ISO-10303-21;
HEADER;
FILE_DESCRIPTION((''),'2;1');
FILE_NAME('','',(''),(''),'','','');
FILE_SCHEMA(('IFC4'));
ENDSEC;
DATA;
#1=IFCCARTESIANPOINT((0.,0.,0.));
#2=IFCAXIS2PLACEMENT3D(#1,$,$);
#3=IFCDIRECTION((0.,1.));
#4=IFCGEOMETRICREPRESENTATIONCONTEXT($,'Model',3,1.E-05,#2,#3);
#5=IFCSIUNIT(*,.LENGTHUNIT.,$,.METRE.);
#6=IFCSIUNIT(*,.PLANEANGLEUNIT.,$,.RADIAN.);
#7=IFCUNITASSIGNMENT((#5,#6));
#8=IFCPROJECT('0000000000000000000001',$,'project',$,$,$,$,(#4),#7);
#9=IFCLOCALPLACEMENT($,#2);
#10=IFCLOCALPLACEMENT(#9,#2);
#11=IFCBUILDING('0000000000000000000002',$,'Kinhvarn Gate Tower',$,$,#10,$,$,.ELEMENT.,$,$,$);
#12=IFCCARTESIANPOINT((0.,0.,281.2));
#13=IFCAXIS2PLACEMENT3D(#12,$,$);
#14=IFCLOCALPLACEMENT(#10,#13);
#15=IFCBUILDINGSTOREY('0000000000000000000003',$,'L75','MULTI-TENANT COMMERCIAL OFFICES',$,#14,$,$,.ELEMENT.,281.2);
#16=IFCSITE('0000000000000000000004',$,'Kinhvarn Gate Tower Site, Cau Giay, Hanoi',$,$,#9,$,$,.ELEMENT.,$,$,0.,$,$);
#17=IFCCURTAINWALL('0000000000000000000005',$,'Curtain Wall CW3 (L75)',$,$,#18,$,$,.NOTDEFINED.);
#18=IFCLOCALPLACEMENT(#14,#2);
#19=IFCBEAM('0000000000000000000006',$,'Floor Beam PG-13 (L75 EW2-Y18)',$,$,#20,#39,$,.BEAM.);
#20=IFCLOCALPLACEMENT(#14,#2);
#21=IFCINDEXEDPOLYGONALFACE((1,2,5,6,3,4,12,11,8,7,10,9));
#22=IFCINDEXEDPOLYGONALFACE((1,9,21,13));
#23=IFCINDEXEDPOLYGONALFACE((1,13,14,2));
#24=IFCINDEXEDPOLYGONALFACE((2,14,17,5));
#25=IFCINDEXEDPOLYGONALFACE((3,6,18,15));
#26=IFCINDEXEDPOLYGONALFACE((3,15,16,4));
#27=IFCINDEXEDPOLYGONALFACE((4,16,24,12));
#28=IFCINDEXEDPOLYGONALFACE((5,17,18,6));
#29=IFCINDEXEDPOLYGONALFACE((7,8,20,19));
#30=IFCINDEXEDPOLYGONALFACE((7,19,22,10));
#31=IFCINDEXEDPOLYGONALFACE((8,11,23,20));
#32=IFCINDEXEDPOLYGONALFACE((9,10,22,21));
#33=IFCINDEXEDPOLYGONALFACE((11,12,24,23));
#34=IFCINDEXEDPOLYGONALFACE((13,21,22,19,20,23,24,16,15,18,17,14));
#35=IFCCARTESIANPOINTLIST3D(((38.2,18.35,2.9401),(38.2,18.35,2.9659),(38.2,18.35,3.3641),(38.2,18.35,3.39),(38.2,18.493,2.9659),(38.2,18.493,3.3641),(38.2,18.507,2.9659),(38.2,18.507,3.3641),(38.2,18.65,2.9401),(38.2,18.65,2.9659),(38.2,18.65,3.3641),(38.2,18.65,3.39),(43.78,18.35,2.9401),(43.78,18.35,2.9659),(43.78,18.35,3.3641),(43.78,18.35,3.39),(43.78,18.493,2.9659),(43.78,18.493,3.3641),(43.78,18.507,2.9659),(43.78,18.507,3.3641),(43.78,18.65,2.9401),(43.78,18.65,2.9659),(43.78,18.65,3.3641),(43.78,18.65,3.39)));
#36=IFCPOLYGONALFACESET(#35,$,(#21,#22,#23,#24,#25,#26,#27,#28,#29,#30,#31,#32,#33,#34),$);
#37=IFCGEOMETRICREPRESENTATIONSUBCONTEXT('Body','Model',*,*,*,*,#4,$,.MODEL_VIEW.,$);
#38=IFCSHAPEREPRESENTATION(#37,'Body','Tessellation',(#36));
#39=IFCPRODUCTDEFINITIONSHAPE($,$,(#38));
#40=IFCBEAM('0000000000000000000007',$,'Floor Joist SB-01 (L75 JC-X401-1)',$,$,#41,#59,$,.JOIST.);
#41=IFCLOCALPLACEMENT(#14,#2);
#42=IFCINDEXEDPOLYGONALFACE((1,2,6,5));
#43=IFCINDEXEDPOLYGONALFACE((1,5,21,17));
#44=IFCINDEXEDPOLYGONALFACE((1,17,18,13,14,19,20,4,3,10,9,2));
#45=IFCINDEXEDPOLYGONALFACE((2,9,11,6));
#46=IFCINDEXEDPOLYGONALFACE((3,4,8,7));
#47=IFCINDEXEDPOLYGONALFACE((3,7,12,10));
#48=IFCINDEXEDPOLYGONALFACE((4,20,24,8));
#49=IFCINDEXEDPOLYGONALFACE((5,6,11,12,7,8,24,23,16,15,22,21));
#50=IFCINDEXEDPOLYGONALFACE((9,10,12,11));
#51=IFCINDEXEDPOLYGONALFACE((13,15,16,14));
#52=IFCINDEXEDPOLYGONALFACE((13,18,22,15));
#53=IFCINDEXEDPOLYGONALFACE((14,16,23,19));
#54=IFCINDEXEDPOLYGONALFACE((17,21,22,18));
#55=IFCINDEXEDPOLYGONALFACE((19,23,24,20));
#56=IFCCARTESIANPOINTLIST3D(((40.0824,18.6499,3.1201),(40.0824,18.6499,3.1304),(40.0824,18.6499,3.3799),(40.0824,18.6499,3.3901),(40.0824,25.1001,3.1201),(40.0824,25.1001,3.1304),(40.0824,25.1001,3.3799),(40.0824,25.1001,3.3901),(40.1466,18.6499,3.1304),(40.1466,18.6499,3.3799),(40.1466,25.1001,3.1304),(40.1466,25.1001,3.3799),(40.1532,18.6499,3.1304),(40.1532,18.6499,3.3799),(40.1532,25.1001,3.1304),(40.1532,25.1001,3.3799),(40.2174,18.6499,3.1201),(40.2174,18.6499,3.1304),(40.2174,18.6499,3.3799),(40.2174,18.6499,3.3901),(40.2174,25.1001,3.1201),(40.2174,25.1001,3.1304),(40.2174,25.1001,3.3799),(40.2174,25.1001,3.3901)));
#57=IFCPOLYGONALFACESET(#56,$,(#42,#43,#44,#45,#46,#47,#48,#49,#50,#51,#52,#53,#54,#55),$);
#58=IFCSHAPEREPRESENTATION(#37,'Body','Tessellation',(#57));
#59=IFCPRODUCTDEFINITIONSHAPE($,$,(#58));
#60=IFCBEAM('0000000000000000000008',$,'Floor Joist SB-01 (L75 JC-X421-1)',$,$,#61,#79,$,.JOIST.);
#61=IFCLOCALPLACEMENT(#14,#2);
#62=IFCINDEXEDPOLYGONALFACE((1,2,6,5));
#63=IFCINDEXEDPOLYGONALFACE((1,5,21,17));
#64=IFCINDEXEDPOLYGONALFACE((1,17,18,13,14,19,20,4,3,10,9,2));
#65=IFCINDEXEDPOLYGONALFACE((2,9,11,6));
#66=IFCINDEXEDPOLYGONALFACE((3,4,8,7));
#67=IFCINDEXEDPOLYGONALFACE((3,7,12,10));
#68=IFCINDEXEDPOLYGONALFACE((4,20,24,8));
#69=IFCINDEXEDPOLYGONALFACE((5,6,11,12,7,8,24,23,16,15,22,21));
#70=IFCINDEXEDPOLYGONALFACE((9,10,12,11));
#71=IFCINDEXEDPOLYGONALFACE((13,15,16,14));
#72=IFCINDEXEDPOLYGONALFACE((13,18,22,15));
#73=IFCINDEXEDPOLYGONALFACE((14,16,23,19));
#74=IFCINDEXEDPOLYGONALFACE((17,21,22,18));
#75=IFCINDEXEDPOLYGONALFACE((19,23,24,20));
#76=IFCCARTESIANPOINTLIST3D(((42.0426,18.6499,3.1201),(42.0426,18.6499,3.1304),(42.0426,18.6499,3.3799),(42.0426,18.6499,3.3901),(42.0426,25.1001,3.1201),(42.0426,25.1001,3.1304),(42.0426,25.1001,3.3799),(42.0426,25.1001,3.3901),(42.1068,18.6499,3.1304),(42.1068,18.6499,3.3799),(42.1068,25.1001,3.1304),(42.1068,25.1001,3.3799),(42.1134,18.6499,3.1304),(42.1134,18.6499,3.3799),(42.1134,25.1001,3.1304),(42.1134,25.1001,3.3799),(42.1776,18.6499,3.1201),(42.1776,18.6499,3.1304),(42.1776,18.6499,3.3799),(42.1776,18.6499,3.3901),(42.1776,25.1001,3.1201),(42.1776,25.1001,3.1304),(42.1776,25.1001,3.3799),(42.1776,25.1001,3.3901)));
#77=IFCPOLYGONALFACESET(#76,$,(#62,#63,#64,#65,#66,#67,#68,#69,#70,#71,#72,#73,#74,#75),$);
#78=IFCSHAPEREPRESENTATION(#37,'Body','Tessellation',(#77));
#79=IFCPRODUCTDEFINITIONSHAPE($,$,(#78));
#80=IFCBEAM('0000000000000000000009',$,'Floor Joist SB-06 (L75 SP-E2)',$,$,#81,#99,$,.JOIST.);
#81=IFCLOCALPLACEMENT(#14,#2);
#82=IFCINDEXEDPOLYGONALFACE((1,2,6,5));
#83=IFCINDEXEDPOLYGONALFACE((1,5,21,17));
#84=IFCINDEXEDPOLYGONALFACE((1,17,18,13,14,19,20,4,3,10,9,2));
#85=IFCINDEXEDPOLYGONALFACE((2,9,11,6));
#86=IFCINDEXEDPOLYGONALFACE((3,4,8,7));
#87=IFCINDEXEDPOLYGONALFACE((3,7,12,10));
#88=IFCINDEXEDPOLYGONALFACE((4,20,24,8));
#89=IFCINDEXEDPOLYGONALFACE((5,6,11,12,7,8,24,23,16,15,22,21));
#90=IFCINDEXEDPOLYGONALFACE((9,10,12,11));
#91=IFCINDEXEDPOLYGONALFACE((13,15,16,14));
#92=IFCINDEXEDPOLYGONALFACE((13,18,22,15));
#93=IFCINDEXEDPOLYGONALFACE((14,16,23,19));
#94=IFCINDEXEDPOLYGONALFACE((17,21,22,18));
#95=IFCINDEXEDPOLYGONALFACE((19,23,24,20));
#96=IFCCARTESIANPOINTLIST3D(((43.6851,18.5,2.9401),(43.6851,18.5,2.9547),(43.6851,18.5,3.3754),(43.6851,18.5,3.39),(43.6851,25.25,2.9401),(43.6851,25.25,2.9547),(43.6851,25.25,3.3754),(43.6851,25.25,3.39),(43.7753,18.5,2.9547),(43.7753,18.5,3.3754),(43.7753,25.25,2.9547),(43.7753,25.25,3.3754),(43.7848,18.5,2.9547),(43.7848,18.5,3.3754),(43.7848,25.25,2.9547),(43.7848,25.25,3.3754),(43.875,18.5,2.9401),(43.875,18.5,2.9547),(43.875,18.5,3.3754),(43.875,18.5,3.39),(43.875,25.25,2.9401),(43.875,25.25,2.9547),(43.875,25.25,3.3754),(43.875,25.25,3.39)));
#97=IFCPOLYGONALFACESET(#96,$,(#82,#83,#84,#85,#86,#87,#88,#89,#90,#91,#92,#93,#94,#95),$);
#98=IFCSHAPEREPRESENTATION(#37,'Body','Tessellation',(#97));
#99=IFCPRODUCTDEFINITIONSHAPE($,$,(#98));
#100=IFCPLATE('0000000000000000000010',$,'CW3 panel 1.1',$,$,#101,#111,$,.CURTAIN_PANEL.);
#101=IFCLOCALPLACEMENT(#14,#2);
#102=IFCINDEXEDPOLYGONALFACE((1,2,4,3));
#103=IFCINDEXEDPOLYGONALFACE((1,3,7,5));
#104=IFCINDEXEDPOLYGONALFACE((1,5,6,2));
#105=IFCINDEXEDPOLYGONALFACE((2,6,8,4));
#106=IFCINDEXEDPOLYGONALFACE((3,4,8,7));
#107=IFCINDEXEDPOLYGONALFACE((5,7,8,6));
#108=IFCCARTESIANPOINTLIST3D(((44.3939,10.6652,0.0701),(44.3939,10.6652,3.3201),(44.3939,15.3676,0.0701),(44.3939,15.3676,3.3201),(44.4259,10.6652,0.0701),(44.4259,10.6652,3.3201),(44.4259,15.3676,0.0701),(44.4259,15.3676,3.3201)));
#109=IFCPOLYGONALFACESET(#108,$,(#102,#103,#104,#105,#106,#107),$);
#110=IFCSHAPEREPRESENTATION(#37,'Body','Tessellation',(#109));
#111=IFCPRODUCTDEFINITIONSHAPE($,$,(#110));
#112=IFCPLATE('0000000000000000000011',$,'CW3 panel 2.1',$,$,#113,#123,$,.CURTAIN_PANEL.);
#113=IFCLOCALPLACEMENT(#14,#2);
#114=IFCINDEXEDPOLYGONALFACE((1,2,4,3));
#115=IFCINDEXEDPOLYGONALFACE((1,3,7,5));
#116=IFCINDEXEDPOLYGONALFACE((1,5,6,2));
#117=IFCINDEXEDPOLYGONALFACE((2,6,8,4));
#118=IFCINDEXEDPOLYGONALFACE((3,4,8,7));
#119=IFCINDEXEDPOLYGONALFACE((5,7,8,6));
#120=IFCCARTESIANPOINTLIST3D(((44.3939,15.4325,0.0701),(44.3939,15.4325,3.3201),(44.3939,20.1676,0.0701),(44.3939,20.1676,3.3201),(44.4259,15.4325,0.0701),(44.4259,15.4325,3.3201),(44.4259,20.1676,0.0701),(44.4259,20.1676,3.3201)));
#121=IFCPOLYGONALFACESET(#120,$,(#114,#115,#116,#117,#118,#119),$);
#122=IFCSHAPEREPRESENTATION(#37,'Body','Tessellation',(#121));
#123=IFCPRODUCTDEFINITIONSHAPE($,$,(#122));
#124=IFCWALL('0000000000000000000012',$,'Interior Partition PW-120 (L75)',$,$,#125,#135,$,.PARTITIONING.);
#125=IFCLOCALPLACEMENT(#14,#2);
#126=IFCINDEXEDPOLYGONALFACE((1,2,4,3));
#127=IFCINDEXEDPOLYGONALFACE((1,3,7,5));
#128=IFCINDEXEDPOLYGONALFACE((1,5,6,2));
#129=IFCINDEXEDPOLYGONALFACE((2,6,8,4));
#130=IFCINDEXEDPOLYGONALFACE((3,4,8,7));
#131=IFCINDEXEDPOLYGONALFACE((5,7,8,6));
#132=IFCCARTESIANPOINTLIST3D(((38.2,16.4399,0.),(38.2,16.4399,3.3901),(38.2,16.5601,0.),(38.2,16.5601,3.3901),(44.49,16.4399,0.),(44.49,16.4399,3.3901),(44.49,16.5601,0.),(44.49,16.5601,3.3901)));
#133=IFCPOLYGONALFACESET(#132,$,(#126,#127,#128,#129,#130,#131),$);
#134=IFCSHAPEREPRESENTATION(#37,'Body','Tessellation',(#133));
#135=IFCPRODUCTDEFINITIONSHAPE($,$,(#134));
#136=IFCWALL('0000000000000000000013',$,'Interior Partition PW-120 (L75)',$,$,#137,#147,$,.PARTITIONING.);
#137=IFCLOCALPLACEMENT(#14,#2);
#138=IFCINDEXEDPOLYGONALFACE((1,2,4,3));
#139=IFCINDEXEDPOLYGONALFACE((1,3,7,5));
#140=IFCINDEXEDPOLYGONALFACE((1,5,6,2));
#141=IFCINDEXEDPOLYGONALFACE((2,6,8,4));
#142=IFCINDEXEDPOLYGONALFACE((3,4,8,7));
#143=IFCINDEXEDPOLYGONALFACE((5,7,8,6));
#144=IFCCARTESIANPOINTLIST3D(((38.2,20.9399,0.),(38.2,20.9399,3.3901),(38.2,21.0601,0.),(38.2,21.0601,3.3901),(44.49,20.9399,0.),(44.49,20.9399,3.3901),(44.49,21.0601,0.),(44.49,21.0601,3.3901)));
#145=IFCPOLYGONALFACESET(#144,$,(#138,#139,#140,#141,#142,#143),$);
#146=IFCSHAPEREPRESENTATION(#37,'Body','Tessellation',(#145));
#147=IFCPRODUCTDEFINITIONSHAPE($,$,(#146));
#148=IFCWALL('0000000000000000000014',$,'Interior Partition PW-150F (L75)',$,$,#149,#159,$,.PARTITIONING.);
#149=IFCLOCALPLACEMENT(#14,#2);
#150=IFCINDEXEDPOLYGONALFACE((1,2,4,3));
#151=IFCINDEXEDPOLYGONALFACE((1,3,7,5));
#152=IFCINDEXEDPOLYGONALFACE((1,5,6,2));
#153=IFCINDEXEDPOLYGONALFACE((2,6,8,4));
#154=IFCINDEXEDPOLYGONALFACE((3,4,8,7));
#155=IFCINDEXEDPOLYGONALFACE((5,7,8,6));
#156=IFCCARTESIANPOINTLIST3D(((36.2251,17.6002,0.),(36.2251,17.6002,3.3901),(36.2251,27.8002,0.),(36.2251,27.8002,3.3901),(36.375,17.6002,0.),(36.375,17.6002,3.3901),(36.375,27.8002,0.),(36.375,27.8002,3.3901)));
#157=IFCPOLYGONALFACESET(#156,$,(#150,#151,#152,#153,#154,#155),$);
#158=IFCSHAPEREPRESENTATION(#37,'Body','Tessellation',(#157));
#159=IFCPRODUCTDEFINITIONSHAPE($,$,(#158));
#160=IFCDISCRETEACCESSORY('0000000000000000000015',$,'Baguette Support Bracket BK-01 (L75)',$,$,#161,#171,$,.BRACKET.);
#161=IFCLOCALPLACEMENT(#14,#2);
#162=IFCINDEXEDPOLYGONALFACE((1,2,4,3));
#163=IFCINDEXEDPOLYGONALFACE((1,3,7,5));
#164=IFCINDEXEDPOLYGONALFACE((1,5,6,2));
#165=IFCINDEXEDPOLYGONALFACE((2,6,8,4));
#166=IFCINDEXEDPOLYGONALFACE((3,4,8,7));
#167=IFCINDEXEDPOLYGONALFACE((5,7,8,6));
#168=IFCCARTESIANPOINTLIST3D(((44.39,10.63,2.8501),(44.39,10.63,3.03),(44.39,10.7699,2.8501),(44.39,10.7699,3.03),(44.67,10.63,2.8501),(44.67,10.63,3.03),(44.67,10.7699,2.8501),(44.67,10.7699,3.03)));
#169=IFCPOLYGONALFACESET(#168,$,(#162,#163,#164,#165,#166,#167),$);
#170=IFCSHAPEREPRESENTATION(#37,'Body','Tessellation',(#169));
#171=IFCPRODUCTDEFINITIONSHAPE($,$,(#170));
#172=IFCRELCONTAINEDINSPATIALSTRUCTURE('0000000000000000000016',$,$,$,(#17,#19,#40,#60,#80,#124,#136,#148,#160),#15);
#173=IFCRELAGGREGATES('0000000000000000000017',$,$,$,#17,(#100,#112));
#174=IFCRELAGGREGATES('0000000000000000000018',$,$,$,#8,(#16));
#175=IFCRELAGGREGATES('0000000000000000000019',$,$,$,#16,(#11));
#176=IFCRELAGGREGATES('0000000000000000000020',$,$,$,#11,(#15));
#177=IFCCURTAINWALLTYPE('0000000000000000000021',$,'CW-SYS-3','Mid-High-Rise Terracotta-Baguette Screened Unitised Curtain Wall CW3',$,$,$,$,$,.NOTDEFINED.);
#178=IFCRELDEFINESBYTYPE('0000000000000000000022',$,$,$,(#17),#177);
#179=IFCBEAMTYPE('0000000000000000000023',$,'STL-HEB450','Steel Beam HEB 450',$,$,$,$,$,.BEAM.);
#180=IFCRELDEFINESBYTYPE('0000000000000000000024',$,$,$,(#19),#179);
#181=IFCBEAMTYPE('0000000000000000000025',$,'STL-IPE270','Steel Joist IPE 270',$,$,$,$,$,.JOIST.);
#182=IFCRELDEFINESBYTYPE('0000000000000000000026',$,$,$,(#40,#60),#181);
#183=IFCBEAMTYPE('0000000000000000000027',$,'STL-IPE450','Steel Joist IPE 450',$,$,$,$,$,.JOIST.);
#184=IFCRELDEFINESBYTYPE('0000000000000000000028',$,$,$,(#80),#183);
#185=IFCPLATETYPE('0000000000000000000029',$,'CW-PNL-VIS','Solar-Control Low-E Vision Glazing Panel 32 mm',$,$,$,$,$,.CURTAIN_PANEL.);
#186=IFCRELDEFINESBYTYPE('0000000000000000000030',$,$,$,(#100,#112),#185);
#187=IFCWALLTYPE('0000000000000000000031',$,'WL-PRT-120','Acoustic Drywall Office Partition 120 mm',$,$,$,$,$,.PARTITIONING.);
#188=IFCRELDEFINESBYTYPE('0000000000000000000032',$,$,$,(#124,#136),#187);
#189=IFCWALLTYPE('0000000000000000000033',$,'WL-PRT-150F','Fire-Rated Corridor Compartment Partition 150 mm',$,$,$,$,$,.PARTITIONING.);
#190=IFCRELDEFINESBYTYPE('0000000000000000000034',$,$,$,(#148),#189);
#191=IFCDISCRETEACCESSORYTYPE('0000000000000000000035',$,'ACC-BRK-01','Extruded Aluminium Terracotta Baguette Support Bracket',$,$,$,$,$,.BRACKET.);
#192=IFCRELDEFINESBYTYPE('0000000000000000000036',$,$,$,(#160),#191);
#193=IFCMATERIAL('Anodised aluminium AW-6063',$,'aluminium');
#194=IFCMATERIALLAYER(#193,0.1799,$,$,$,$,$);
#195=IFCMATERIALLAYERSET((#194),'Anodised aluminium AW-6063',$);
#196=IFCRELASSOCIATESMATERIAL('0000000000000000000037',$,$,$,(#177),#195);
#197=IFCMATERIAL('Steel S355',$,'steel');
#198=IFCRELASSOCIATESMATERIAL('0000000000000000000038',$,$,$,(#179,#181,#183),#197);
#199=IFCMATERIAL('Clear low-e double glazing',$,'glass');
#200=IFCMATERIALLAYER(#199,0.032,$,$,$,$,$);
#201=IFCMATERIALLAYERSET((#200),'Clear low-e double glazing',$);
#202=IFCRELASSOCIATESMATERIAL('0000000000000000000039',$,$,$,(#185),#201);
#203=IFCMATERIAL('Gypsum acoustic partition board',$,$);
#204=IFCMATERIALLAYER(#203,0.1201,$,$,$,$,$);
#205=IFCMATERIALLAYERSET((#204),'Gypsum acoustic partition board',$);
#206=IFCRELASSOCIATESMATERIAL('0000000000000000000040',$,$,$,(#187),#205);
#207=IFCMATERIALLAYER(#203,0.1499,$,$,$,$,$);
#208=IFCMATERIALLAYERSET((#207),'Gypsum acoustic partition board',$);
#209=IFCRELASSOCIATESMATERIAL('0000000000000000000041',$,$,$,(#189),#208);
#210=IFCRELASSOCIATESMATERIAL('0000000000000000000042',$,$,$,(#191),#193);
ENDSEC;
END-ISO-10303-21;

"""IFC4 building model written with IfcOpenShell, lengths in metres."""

from ifc_helpers import new_model, si_unit, direction, frame, frame_2d, origin, origin_2d, place, context, subcontext, project, spatial, rectangle, i_section, extrude, material, layer, layer_set, material_profile, profile_set, type_object, element, aggregate, save


model = new_model("IFC4")

# Units and contexts
model_context = context("Model", 3, precision=1e-05, world=origin(), true_north=direction((0.0, 1.0)))
body_context = subcontext(model_context, "Body", "Model", "MODEL_VIEW")
ifc_project = project(units=[si_unit("LENGTHUNIT", "METRE"), si_unit("PLANEANGLEUNIT", "RADIAN")], contexts=[model_context])

# Site, building, storey
site_placement = place(None, origin())
site = spatial("IfcSite", under=ifc_project, at=site_placement, Name="Kinhvarn Gate Tower Site, Cau Giay, Hanoi", CompositionType="ELEMENT", RefElevation=0.0)
building_placement = place(site_placement, origin())
building = spatial("IfcBuilding", under=site, at=building_placement, Name="Kinhvarn Gate Tower", CompositionType="ELEMENT")
storey_placement = place(building_placement, frame((0.0, 0.0, 281.2)))
storey = spatial("IfcBuildingStorey", under=building, at=storey_placement, Name="L75", Description="MULTI-TENANT COMMERCIAL OFFICES", CompositionType="ELEMENT", Elevation=281.2)

# Curtain wall
ifc_material_1 = material(Name="Anodised aluminium AW-6063", Category="aluminium")
ifc_layer_1 = layer(ifc_material_1, 0.1799)
ifc_layer_set_1 = layer_set([ifc_layer_1], Name="Anodised aluminium AW-6063")
curtain_wall_type = type_object("IfcCurtainWallType", Name="CW-SYS-3", Description="Mid-High-Rise Terracotta-Baguette Screened Unitised Curtain Wall CW3", PredefinedType="NOTDEFINED", material=ifc_layer_set_1)
curtain_wall_placement = place(storey_placement, origin())
curtain_wall = element("IfcCurtainWall", 1, at=curtain_wall_placement, inside=storey, type_object=curtain_wall_type, Name="Curtain Wall CW3 (L75)", PredefinedType="NOTDEFINED")

# Beams
ifc_material_2 = material(Name="Steel S355", Category="steel")
ifc_material_profile_1 = material_profile(ifc_material_2, i_section(OverallWidth=0.3, OverallDepth=0.45, WebThickness=0.0139, FlangeThickness=0.0259, at=origin_2d()), Name="HEB 450")
ifc_profile_set_1 = profile_set([ifc_material_profile_1], Name="Steel S355")
beam_type_1 = type_object("IfcBeamType", Name="STL-HEB450", Description="Steel Beam HEB 450", PredefinedType="BEAM", material=ifc_profile_set_1)
beam_1_placement = place(storey_placement, frame((38.2, 18.5, 3.165), z_axis=(1.0, 0.0, 0.0), x_axis=(0.0, 1.0, 0.0)))
element("IfcBeam", 2, at=beam_1_placement, inside=storey, type_object=beam_type_1, Name="Floor Beam PG-13 (L75 EW2-Y18)", PredefinedType="BEAM", context=body_context, shape_type="SweptSolid", body=[
    extrude(i_section(OverallWidth=0.3, OverallDepth=0.45, WebThickness=0.0139, FlangeThickness=0.0259, at=origin_2d()), origin(), (0.0, 0.0, 1.0), 5.5801),
])
ifc_material_profile_2 = material_profile(ifc_material_2, i_section(OverallWidth=0.135, OverallDepth=0.27, WebThickness=0.0066, FlangeThickness=0.0103, at=origin_2d()), Name="IPE 270")
ifc_profile_set_2 = profile_set([ifc_material_profile_2], Name="Steel S355")
beam_type_2 = type_object("IfcBeamType", Name="STL-IPE270", Description="Steel Joist IPE 270", PredefinedType="JOIST", material=ifc_profile_set_2)
for number, where, z_axis, x_axis, name in (
    (3, (40.1499, 18.6499, 3.2551), (0.0, 1.0, 0.0), (-1.0, 0.0, 0.0), "Floor Joist SB-01 (L75 JC-X401-1)"),
    (4, (42.1101, 18.6499, 3.2551), (0.0, 1.0, 0.0), (-1.0, 0.0, 0.0), "Floor Joist SB-01 (L75 JC-X421-1)"),
):
    element("IfcBeam", number, at=place(storey_placement, frame(where, z_axis=z_axis, x_axis=x_axis)), inside=storey, type_object=beam_type_2, Name=name, PredefinedType="JOIST", context=body_context, shape_type="SweptSolid", body=[
        extrude(i_section(OverallWidth=0.135, OverallDepth=0.27, WebThickness=0.0066, FlangeThickness=0.0103, at=origin_2d()), origin(), (0.0, 0.0, 1.0), 6.4502),
    ])
ifc_material_profile_3 = material_profile(ifc_material_2, i_section(OverallWidth=0.1899, OverallDepth=0.45, WebThickness=0.0095, FlangeThickness=0.0146, at=origin_2d()), Name="IPE 450")
ifc_profile_set_3 = profile_set([ifc_material_profile_3], Name="Steel S355")
beam_type_3 = type_object("IfcBeamType", Name="STL-IPE450", Description="Steel Joist IPE 450", PredefinedType="JOIST", material=ifc_profile_set_3)
beam_2_placement = place(storey_placement, frame((43.78, 18.5, 3.165), z_axis=(0.0, 1.0, 0.0), x_axis=(-1.0, 0.0, 0.0)))
element("IfcBeam", 5, at=beam_2_placement, inside=storey, type_object=beam_type_3, Name="Floor Joist SB-06 (L75 SP-E2)", PredefinedType="JOIST", context=body_context, shape_type="SweptSolid", body=[
    extrude(i_section(OverallWidth=0.1899, OverallDepth=0.45, WebThickness=0.0095, FlangeThickness=0.0146, at=origin_2d()), origin(), (0.0, 0.0, 1.0), 6.75),
])

# Plates
ifc_material_3 = material(Name="Clear low-e double glazing", Category="glass")
ifc_layer_2 = layer(ifc_material_3, 0.032)
ifc_layer_set_2 = layer_set([ifc_layer_2], Name="Clear low-e double glazing")
plate_type = type_object("IfcPlateType", Name="CW-PNL-VIS", Description="Solar-Control Low-E Vision Glazing Panel 32 mm", PredefinedType="CURTAIN_PANEL", material=ifc_layer_set_2)
plate_1_placement = place(storey_placement, frame((44.4099, 13.0164, 0.0701), z_axis=(0.0, 0.0, 1.0), x_axis=(0.0, 1.0, 0.0)))
plate_1 = element("IfcPlate", 6, at=plate_1_placement, type_object=plate_type, Name="CW3 panel 1.1", PredefinedType="CURTAIN_PANEL", context=body_context, shape_type="SweptSolid", body=[
    extrude(rectangle(XDim=4.7024, YDim=0.032, at=origin_2d()), origin(), (0.0, 0.0, 1.0), 3.25),
])
plate_2_placement = place(storey_placement, frame((44.4099, 17.8, 0.0701), z_axis=(0.0, 0.0, 1.0), x_axis=(0.0, 1.0, 0.0)))
plate_2 = element("IfcPlate", 7, at=plate_2_placement, type_object=plate_type, Name="CW3 panel 2.1", PredefinedType="CURTAIN_PANEL", context=body_context, shape_type="SweptSolid", body=[
    extrude(rectangle(XDim=4.7351, YDim=0.032, at=origin_2d()), origin(), (0.0, 0.0, 1.0), 3.25),
])
aggregate(curtain_wall, [plate_1, plate_2])

# Walls
ifc_material_4 = material(Name="Gypsum acoustic partition board")
ifc_layer_3 = layer(ifc_material_4, 0.1201)
ifc_layer_set_3 = layer_set([ifc_layer_3], Name="Gypsum acoustic partition board")
wall_type_1 = type_object("IfcWallType", Name="WL-PRT-120", Description="Acoustic Drywall Office Partition 120 mm", PredefinedType="PARTITIONING", material=ifc_layer_set_3)
for number, where, z_axis, x_axis, name in (
    (8, (38.2, 16.5, 0.0), (0.0, 0.0, 1.0), (1.0, 0.0, 0.0), "Interior Partition PW-120 (L75)"),
    (9, (38.2, 21.0, 0.0), (0.0, 0.0, 1.0), (1.0, 0.0, 0.0), "Interior Partition PW-120 (L75)"),
):
    element("IfcWall", number, at=place(storey_placement, frame(where, z_axis=z_axis, x_axis=x_axis)), inside=storey, type_object=wall_type_1, Name=name, PredefinedType="PARTITIONING", context=body_context, shape_type="SweptSolid", body=[
        extrude(rectangle(XDim=6.29, YDim=0.1201, at=frame_2d((3.145, 0.0))), origin(), (0.0, 0.0, 1.0), 3.3901),
    ])
ifc_layer_4 = layer(ifc_material_4, 0.1499)
ifc_layer_set_4 = layer_set([ifc_layer_4], Name="Gypsum acoustic partition board")
wall_type_2 = type_object("IfcWallType", Name="WL-PRT-150F", Description="Fire-Rated Corridor Compartment Partition 150 mm", PredefinedType="PARTITIONING", material=ifc_layer_set_4)
wall_1_placement = place(storey_placement, frame((36.3, 17.6001, 0.0), z_axis=(0.0, 0.0, 1.0), x_axis=(0.0, 1.0, 0.0)))
element("IfcWall", 10, at=wall_1_placement, inside=storey, type_object=wall_type_2, Name="Interior Partition PW-150F (L75)", PredefinedType="PARTITIONING", context=body_context, shape_type="SweptSolid", body=[
    extrude(rectangle(XDim=10.2, YDim=0.1499, at=frame_2d((5.1001, 0.0))), origin(), (0.0, 0.0, 1.0), 3.3901),
])

# Discrete accessory
discrete_accessory_type = type_object("IfcDiscreteAccessoryType", Name="ACC-BRK-01", Description="Extruded Aluminium Terracotta Baguette Support Bracket", PredefinedType="BRACKET", material=ifc_material_1)
discrete_accessory_placement = place(storey_placement, frame((44.53, 10.7, 2.8501), z_axis=(0.0, 0.0, 1.0), x_axis=(0.0, 1.0, 0.0)))
element("IfcDiscreteAccessory", 11, at=discrete_accessory_placement, inside=storey, type_object=discrete_accessory_type, Name="Baguette Support Bracket BK-01 (L75)", PredefinedType="BRACKET", context=body_context, shape_type="SweptSolid", body=[
    extrude(rectangle(XDim=0.1399, YDim=0.28, at=origin_2d()), origin(), (0.0, 0.0, 1.0), 0.1799),
])

save(model, "model.ifc")
